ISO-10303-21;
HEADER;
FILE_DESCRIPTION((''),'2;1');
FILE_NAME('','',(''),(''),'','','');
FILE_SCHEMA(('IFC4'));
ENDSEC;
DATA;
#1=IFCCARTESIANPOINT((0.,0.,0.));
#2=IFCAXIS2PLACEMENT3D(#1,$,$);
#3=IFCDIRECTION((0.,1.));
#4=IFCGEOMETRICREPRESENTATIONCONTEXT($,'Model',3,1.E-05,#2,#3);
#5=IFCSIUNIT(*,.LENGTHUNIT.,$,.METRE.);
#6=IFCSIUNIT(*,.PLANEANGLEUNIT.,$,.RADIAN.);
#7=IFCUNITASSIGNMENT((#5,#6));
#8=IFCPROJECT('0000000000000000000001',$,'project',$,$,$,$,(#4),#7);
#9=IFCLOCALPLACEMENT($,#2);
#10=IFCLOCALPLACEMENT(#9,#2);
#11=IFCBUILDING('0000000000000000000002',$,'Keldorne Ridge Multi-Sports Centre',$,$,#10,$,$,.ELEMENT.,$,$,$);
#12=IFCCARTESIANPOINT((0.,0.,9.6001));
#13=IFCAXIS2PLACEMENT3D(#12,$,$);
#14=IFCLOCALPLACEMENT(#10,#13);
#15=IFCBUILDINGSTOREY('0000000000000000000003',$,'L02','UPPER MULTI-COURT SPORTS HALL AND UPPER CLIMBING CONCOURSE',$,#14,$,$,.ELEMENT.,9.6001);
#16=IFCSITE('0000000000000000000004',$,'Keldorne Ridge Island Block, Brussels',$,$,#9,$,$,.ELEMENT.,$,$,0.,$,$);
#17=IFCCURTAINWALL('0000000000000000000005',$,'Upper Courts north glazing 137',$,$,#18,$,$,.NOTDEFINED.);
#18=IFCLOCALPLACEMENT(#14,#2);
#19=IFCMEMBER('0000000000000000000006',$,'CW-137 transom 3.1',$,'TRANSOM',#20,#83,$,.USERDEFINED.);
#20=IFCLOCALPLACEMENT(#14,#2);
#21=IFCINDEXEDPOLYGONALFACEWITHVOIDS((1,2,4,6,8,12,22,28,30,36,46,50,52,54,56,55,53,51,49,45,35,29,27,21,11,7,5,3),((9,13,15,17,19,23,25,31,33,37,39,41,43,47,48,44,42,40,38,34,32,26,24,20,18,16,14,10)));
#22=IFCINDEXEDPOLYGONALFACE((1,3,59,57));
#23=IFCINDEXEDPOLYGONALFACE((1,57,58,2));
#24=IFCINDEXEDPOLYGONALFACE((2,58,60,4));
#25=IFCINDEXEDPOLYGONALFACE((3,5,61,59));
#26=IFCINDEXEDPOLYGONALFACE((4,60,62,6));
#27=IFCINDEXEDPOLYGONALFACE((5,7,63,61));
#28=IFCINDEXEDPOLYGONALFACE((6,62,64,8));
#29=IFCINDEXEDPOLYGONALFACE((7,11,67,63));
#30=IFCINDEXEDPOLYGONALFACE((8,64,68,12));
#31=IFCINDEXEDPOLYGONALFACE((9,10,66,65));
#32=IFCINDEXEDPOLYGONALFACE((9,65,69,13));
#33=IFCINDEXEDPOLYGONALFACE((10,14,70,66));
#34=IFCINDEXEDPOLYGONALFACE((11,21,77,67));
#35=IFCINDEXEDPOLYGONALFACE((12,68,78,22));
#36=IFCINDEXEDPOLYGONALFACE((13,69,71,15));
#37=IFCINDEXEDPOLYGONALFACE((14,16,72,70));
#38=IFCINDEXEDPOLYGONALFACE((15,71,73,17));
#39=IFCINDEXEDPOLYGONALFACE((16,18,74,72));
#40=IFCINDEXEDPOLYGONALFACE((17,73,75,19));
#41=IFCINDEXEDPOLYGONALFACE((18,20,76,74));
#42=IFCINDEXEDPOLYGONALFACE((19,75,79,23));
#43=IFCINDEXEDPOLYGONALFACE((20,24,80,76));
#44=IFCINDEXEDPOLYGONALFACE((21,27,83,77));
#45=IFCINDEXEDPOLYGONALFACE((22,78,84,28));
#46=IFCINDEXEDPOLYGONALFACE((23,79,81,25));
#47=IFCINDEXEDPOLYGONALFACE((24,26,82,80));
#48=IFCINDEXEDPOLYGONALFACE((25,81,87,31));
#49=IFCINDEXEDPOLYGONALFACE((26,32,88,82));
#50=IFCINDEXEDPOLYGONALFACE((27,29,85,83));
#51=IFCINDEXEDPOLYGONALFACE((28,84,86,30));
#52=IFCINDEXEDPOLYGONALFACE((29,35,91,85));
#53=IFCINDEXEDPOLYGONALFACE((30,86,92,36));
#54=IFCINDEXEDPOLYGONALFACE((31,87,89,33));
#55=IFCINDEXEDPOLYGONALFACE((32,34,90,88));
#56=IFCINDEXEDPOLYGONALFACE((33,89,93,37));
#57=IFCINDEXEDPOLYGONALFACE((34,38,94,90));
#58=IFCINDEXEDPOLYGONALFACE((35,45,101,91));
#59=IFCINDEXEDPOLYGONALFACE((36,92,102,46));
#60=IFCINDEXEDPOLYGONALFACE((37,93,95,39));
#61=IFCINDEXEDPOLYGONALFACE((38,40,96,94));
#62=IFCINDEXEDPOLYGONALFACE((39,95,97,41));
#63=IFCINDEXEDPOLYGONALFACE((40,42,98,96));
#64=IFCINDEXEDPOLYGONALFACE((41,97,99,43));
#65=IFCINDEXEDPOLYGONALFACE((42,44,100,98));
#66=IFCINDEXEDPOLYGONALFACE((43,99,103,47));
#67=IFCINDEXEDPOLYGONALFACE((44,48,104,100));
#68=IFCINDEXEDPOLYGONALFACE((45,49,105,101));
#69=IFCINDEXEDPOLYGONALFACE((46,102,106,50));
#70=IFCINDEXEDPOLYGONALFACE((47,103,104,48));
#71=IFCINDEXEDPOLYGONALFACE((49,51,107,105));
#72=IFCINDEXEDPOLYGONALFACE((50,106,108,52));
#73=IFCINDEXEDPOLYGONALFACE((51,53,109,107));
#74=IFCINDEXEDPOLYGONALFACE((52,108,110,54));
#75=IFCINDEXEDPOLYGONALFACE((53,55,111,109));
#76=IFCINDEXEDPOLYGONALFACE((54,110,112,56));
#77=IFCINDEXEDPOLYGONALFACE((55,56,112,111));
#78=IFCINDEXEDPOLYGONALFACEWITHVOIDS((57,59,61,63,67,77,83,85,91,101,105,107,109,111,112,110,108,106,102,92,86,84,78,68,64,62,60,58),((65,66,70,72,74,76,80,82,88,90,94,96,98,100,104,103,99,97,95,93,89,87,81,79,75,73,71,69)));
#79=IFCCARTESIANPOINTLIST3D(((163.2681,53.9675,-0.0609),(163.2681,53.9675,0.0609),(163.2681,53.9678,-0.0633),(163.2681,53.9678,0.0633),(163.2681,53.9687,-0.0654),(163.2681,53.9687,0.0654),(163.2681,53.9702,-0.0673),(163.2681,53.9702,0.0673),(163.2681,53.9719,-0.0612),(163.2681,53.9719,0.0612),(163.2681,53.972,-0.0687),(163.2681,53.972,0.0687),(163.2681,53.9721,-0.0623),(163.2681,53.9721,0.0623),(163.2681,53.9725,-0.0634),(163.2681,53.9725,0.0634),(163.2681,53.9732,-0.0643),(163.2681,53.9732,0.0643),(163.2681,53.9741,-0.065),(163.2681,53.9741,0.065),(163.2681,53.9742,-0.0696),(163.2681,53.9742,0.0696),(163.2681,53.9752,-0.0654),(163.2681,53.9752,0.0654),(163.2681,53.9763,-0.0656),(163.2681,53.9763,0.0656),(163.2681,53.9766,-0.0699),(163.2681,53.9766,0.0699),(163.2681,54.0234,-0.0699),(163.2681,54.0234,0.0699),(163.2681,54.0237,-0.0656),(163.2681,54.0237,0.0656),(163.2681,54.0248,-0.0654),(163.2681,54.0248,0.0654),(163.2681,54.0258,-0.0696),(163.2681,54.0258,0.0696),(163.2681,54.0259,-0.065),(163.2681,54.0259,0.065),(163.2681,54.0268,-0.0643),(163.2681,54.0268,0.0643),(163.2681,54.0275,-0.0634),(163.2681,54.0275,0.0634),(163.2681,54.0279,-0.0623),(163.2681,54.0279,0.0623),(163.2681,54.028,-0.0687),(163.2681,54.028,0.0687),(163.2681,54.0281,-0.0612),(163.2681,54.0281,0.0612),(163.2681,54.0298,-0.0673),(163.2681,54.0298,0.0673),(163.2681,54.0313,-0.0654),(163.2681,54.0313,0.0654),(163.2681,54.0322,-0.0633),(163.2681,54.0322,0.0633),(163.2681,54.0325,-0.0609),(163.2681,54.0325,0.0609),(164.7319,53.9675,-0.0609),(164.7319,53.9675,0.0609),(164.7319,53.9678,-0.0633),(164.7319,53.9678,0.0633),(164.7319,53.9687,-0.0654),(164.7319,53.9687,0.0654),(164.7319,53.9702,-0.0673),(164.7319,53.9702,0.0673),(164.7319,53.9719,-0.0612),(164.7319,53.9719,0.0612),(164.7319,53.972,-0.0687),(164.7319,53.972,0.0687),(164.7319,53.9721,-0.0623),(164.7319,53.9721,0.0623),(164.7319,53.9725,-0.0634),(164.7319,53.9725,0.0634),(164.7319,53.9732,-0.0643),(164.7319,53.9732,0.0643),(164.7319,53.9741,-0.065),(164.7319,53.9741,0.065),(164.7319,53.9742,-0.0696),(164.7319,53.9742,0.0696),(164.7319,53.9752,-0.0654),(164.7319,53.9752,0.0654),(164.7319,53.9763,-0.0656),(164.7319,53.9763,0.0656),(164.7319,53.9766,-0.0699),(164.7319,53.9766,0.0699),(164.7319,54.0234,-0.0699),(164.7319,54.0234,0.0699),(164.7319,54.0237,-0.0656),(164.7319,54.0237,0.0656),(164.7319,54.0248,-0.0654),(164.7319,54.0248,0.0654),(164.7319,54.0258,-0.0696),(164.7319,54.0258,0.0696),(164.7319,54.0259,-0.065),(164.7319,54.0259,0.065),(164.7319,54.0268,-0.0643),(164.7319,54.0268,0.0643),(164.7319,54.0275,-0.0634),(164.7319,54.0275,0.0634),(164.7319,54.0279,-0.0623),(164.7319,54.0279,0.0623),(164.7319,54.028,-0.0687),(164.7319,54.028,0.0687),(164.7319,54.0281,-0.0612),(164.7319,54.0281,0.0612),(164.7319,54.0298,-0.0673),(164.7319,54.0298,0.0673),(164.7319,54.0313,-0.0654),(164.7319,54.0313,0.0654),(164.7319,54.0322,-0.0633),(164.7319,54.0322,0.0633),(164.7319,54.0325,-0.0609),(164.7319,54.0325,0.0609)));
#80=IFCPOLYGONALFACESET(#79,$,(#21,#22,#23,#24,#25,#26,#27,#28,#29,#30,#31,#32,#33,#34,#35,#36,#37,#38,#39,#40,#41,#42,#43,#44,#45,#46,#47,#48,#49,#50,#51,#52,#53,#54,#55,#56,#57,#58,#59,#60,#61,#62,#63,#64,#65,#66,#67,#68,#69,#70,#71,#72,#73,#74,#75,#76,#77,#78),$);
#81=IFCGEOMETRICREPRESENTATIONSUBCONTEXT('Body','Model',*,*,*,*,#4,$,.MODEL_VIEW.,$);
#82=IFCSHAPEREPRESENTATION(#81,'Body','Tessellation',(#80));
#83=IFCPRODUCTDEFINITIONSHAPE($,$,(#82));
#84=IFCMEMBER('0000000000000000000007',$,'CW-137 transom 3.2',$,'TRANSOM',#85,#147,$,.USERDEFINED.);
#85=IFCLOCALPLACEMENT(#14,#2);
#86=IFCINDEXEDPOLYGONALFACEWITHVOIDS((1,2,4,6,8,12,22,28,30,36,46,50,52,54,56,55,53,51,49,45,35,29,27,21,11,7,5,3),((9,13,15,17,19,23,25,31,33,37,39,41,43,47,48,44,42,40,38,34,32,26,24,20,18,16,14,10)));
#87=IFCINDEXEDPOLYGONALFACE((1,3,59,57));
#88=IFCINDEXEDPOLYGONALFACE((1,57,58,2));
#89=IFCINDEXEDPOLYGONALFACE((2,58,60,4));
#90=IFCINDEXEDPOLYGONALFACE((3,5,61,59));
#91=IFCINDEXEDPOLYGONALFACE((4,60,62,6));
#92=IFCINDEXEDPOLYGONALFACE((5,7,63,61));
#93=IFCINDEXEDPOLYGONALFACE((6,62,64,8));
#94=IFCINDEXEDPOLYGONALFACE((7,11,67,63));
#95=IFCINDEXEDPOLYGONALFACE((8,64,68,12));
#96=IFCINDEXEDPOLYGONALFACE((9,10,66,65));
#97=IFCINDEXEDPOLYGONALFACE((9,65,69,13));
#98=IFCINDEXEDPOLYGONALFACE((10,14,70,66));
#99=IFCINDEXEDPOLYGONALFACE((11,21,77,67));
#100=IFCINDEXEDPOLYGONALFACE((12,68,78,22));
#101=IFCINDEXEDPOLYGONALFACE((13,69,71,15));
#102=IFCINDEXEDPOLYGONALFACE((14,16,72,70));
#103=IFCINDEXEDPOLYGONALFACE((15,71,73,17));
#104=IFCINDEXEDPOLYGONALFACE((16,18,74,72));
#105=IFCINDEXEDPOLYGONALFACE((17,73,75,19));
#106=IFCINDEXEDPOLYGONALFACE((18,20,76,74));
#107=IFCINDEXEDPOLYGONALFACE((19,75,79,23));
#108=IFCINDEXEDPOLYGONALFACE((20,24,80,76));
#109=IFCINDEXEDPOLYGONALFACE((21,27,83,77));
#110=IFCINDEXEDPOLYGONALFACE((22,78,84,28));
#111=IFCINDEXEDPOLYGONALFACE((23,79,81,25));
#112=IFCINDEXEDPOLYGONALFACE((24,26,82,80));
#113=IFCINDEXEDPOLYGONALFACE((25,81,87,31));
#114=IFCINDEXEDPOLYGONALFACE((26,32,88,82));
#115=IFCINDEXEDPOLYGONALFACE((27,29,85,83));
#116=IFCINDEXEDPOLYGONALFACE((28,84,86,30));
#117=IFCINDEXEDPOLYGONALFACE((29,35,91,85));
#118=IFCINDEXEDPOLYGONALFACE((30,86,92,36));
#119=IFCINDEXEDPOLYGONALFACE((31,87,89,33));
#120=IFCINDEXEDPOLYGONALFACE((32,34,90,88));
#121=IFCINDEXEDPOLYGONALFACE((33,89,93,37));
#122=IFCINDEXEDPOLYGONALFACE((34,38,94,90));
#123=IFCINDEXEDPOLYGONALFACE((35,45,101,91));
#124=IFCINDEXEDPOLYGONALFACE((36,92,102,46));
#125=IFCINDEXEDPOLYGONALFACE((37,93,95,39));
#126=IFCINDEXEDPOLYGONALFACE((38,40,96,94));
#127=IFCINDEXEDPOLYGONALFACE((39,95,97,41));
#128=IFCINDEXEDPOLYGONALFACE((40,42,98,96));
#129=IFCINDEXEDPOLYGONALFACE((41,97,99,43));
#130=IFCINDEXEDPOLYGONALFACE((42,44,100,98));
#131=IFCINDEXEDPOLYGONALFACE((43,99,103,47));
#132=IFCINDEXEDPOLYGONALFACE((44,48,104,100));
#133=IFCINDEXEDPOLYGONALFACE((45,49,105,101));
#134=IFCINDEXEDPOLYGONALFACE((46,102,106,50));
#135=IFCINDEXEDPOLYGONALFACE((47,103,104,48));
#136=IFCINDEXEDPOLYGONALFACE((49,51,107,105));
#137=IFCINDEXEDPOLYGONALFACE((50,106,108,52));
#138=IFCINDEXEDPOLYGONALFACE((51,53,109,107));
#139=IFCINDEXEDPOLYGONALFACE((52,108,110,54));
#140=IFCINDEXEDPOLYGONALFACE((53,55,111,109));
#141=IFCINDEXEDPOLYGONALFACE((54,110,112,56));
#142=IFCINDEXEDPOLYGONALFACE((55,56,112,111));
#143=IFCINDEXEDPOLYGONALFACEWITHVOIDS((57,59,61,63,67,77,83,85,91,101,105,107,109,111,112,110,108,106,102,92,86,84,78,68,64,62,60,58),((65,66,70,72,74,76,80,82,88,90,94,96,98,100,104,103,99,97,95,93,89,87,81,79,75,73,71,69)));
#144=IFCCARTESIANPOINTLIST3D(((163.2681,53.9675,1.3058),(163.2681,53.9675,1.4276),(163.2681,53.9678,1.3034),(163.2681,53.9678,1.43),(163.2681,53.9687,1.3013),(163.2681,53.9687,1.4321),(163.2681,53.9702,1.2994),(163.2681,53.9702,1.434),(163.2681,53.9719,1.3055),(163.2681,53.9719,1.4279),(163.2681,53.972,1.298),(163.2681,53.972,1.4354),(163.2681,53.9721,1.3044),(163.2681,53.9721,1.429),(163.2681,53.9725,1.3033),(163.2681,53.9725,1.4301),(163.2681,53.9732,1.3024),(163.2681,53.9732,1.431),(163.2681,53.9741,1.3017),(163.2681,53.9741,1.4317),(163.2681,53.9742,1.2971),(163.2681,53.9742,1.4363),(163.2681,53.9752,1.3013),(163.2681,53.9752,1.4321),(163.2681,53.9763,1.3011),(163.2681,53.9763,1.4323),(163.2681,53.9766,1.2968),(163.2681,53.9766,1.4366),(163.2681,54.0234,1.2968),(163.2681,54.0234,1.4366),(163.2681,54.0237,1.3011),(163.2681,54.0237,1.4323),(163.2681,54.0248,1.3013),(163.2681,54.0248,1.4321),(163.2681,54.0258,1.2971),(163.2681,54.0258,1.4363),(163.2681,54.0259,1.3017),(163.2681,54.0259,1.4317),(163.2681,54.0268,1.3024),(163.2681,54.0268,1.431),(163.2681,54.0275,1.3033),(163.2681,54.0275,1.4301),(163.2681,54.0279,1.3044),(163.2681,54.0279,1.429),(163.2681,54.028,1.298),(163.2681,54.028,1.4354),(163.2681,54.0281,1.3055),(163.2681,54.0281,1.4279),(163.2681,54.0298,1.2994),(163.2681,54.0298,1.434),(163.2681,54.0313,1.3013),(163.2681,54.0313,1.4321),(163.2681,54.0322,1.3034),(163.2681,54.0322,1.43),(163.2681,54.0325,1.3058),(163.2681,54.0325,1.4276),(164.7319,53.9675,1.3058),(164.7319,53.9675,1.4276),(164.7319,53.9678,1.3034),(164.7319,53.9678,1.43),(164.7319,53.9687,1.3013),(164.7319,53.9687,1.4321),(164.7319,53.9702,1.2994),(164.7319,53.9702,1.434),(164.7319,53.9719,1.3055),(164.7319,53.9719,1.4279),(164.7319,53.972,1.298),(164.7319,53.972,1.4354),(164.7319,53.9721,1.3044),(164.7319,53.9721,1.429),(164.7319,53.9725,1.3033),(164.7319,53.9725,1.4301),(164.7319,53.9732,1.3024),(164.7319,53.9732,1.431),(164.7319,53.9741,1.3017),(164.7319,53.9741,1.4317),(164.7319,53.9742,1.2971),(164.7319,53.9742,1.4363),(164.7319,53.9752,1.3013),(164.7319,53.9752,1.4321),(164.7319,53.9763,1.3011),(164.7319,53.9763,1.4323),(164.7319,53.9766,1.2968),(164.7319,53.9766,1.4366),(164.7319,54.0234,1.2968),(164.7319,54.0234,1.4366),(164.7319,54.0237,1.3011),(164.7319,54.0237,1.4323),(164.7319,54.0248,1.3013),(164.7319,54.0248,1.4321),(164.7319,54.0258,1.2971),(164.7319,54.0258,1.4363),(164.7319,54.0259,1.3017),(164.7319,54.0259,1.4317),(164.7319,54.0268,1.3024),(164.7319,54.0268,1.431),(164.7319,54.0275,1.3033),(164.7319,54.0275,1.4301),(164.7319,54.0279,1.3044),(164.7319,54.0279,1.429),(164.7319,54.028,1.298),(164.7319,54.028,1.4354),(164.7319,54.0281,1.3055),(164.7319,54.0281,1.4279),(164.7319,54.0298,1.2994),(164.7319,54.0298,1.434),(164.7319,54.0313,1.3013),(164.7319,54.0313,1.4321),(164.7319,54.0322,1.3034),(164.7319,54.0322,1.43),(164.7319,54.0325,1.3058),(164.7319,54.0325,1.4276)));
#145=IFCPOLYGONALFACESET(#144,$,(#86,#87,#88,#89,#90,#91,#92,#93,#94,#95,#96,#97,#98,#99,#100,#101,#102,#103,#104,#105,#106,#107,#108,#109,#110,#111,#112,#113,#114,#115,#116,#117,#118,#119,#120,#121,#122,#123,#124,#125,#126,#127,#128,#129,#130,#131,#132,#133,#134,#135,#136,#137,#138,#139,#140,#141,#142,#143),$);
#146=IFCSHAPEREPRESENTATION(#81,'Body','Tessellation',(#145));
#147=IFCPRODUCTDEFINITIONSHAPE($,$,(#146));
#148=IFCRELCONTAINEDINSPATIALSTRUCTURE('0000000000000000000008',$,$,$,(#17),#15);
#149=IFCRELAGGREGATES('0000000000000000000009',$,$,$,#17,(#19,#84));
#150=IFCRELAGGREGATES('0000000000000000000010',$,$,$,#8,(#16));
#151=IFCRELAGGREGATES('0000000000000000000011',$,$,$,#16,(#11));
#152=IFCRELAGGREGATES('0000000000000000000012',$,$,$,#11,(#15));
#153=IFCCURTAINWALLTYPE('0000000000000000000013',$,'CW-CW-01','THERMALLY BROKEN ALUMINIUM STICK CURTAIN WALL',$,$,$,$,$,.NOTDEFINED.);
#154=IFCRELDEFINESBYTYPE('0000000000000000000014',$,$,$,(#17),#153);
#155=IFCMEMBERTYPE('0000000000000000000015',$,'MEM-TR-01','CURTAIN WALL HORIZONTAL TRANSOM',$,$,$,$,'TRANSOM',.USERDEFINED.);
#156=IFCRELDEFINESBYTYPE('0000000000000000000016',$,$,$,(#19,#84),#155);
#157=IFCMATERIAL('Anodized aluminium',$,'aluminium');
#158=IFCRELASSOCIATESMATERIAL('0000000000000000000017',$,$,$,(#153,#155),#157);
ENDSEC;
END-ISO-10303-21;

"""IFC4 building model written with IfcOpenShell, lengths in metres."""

from ifc_helpers import new_model, si_unit, direction, frame, origin, origin_2d, place, context, subcontext, project, spatial, hollow_rectangle, extrude, material, material_profile, profile_set, type_object, element, aggregate, save


model = new_model("IFC4")

# Units and contexts
model_context = context("Model", 3, precision=1e-05, world=origin(), true_north=direction((0.0, 1.0)))
body_context = subcontext(model_context, "Body", "Model", "MODEL_VIEW")
ifc_project = project(units=[si_unit("LENGTHUNIT", "METRE"), si_unit("PLANEANGLEUNIT", "RADIAN")], contexts=[model_context])

# Site, building, storey
site_placement = place(None, origin())
site = spatial("IfcSite", under=ifc_project, at=site_placement, Name="Keldorne Ridge Island Block, Brussels", CompositionType="ELEMENT", RefElevation=0.0)
building_placement = place(site_placement, origin())
building = spatial("IfcBuilding", under=site, at=building_placement, Name="Keldorne Ridge Multi-Sports Centre", CompositionType="ELEMENT")
storey_placement = place(building_placement, frame((0.0, 0.0, 9.6001)))
storey = spatial("IfcBuildingStorey", under=building, at=storey_placement, Name="L02", Description="UPPER MULTI-COURT SPORTS HALL AND UPPER CLIMBING CONCOURSE", CompositionType="ELEMENT", Elevation=9.6001)

# Curtain wall, members
ifc_material_1 = material(Name="Anodized aluminium", Category="aluminium")
curtain_wall_type = type_object("IfcCurtainWallType", Name="CW-CW-01", Description="THERMALLY BROKEN ALUMINIUM STICK CURTAIN WALL", PredefinedType="NOTDEFINED", material=ifc_material_1)
curtain_wall_placement = place(storey_placement, origin())
curtain_wall = element("IfcCurtainWall", 1, at=curtain_wall_placement, inside=storey, type_object=curtain_wall_type, Name="Upper Courts north glazing 137", PredefinedType="NOTDEFINED")
ifc_material_profile_1 = material_profile(ifc_material_1, hollow_rectangle(XDim=0.0649, YDim=0.1399, WallThickness=0.0044, InnerFilletRadius=0.0044, OuterFilletRadius=0.009, at=origin_2d()), Name="ALU TRANSOM 140x65x4.5")
ifc_profile_set_1 = profile_set([ifc_material_profile_1], Name="Anodized aluminium")
member_type_1 = type_object("IfcMemberType", Name="MEM-TR-01", Description="CURTAIN WALL HORIZONTAL TRANSOM", ElementType="TRANSOM", PredefinedType="USERDEFINED", material=ifc_profile_set_1)
member_1_placement = place(storey_placement, frame((164.7319, 54.0, 0.0), z_axis=(-1.0, 0.0, 0.0), x_axis=(0.0, -1.0, 0.0)))
member_1 = element("IfcMember", 2, at=member_1_placement, type_object=member_type_1, Name="CW-137 transom 3.1", ObjectType="TRANSOM", PredefinedType="USERDEFINED", context=body_context, shape_type="SweptSolid", body=[
    extrude(hollow_rectangle(XDim=0.0649, YDim=0.1399, WallThickness=0.0044, InnerFilletRadius=0.0044, OuterFilletRadius=0.009, at=origin_2d()), origin(), (0.0, 0.0, 1.0), 1.4639),
])
member_2_placement = place(storey_placement, frame((164.7319, 54.0, 1.3667), z_axis=(-1.0, 0.0, 0.0), x_axis=(0.0, -1.0, 0.0)))
member_2 = element("IfcMember", 3, at=member_2_placement, type_object=member_type_1, Name="CW-137 transom 3.2", ObjectType="TRANSOM", PredefinedType="USERDEFINED", context=body_context, shape_type="SweptSolid", body=[
    extrude(hollow_rectangle(XDim=0.0649, YDim=0.1399, WallThickness=0.0044, InnerFilletRadius=0.0044, OuterFilletRadius=0.009, at=origin_2d()), origin(), (0.0, 0.0, 1.0), 1.4639),
])
aggregate(curtain_wall, [member_1, member_2])

save(model, "model.ifc")
